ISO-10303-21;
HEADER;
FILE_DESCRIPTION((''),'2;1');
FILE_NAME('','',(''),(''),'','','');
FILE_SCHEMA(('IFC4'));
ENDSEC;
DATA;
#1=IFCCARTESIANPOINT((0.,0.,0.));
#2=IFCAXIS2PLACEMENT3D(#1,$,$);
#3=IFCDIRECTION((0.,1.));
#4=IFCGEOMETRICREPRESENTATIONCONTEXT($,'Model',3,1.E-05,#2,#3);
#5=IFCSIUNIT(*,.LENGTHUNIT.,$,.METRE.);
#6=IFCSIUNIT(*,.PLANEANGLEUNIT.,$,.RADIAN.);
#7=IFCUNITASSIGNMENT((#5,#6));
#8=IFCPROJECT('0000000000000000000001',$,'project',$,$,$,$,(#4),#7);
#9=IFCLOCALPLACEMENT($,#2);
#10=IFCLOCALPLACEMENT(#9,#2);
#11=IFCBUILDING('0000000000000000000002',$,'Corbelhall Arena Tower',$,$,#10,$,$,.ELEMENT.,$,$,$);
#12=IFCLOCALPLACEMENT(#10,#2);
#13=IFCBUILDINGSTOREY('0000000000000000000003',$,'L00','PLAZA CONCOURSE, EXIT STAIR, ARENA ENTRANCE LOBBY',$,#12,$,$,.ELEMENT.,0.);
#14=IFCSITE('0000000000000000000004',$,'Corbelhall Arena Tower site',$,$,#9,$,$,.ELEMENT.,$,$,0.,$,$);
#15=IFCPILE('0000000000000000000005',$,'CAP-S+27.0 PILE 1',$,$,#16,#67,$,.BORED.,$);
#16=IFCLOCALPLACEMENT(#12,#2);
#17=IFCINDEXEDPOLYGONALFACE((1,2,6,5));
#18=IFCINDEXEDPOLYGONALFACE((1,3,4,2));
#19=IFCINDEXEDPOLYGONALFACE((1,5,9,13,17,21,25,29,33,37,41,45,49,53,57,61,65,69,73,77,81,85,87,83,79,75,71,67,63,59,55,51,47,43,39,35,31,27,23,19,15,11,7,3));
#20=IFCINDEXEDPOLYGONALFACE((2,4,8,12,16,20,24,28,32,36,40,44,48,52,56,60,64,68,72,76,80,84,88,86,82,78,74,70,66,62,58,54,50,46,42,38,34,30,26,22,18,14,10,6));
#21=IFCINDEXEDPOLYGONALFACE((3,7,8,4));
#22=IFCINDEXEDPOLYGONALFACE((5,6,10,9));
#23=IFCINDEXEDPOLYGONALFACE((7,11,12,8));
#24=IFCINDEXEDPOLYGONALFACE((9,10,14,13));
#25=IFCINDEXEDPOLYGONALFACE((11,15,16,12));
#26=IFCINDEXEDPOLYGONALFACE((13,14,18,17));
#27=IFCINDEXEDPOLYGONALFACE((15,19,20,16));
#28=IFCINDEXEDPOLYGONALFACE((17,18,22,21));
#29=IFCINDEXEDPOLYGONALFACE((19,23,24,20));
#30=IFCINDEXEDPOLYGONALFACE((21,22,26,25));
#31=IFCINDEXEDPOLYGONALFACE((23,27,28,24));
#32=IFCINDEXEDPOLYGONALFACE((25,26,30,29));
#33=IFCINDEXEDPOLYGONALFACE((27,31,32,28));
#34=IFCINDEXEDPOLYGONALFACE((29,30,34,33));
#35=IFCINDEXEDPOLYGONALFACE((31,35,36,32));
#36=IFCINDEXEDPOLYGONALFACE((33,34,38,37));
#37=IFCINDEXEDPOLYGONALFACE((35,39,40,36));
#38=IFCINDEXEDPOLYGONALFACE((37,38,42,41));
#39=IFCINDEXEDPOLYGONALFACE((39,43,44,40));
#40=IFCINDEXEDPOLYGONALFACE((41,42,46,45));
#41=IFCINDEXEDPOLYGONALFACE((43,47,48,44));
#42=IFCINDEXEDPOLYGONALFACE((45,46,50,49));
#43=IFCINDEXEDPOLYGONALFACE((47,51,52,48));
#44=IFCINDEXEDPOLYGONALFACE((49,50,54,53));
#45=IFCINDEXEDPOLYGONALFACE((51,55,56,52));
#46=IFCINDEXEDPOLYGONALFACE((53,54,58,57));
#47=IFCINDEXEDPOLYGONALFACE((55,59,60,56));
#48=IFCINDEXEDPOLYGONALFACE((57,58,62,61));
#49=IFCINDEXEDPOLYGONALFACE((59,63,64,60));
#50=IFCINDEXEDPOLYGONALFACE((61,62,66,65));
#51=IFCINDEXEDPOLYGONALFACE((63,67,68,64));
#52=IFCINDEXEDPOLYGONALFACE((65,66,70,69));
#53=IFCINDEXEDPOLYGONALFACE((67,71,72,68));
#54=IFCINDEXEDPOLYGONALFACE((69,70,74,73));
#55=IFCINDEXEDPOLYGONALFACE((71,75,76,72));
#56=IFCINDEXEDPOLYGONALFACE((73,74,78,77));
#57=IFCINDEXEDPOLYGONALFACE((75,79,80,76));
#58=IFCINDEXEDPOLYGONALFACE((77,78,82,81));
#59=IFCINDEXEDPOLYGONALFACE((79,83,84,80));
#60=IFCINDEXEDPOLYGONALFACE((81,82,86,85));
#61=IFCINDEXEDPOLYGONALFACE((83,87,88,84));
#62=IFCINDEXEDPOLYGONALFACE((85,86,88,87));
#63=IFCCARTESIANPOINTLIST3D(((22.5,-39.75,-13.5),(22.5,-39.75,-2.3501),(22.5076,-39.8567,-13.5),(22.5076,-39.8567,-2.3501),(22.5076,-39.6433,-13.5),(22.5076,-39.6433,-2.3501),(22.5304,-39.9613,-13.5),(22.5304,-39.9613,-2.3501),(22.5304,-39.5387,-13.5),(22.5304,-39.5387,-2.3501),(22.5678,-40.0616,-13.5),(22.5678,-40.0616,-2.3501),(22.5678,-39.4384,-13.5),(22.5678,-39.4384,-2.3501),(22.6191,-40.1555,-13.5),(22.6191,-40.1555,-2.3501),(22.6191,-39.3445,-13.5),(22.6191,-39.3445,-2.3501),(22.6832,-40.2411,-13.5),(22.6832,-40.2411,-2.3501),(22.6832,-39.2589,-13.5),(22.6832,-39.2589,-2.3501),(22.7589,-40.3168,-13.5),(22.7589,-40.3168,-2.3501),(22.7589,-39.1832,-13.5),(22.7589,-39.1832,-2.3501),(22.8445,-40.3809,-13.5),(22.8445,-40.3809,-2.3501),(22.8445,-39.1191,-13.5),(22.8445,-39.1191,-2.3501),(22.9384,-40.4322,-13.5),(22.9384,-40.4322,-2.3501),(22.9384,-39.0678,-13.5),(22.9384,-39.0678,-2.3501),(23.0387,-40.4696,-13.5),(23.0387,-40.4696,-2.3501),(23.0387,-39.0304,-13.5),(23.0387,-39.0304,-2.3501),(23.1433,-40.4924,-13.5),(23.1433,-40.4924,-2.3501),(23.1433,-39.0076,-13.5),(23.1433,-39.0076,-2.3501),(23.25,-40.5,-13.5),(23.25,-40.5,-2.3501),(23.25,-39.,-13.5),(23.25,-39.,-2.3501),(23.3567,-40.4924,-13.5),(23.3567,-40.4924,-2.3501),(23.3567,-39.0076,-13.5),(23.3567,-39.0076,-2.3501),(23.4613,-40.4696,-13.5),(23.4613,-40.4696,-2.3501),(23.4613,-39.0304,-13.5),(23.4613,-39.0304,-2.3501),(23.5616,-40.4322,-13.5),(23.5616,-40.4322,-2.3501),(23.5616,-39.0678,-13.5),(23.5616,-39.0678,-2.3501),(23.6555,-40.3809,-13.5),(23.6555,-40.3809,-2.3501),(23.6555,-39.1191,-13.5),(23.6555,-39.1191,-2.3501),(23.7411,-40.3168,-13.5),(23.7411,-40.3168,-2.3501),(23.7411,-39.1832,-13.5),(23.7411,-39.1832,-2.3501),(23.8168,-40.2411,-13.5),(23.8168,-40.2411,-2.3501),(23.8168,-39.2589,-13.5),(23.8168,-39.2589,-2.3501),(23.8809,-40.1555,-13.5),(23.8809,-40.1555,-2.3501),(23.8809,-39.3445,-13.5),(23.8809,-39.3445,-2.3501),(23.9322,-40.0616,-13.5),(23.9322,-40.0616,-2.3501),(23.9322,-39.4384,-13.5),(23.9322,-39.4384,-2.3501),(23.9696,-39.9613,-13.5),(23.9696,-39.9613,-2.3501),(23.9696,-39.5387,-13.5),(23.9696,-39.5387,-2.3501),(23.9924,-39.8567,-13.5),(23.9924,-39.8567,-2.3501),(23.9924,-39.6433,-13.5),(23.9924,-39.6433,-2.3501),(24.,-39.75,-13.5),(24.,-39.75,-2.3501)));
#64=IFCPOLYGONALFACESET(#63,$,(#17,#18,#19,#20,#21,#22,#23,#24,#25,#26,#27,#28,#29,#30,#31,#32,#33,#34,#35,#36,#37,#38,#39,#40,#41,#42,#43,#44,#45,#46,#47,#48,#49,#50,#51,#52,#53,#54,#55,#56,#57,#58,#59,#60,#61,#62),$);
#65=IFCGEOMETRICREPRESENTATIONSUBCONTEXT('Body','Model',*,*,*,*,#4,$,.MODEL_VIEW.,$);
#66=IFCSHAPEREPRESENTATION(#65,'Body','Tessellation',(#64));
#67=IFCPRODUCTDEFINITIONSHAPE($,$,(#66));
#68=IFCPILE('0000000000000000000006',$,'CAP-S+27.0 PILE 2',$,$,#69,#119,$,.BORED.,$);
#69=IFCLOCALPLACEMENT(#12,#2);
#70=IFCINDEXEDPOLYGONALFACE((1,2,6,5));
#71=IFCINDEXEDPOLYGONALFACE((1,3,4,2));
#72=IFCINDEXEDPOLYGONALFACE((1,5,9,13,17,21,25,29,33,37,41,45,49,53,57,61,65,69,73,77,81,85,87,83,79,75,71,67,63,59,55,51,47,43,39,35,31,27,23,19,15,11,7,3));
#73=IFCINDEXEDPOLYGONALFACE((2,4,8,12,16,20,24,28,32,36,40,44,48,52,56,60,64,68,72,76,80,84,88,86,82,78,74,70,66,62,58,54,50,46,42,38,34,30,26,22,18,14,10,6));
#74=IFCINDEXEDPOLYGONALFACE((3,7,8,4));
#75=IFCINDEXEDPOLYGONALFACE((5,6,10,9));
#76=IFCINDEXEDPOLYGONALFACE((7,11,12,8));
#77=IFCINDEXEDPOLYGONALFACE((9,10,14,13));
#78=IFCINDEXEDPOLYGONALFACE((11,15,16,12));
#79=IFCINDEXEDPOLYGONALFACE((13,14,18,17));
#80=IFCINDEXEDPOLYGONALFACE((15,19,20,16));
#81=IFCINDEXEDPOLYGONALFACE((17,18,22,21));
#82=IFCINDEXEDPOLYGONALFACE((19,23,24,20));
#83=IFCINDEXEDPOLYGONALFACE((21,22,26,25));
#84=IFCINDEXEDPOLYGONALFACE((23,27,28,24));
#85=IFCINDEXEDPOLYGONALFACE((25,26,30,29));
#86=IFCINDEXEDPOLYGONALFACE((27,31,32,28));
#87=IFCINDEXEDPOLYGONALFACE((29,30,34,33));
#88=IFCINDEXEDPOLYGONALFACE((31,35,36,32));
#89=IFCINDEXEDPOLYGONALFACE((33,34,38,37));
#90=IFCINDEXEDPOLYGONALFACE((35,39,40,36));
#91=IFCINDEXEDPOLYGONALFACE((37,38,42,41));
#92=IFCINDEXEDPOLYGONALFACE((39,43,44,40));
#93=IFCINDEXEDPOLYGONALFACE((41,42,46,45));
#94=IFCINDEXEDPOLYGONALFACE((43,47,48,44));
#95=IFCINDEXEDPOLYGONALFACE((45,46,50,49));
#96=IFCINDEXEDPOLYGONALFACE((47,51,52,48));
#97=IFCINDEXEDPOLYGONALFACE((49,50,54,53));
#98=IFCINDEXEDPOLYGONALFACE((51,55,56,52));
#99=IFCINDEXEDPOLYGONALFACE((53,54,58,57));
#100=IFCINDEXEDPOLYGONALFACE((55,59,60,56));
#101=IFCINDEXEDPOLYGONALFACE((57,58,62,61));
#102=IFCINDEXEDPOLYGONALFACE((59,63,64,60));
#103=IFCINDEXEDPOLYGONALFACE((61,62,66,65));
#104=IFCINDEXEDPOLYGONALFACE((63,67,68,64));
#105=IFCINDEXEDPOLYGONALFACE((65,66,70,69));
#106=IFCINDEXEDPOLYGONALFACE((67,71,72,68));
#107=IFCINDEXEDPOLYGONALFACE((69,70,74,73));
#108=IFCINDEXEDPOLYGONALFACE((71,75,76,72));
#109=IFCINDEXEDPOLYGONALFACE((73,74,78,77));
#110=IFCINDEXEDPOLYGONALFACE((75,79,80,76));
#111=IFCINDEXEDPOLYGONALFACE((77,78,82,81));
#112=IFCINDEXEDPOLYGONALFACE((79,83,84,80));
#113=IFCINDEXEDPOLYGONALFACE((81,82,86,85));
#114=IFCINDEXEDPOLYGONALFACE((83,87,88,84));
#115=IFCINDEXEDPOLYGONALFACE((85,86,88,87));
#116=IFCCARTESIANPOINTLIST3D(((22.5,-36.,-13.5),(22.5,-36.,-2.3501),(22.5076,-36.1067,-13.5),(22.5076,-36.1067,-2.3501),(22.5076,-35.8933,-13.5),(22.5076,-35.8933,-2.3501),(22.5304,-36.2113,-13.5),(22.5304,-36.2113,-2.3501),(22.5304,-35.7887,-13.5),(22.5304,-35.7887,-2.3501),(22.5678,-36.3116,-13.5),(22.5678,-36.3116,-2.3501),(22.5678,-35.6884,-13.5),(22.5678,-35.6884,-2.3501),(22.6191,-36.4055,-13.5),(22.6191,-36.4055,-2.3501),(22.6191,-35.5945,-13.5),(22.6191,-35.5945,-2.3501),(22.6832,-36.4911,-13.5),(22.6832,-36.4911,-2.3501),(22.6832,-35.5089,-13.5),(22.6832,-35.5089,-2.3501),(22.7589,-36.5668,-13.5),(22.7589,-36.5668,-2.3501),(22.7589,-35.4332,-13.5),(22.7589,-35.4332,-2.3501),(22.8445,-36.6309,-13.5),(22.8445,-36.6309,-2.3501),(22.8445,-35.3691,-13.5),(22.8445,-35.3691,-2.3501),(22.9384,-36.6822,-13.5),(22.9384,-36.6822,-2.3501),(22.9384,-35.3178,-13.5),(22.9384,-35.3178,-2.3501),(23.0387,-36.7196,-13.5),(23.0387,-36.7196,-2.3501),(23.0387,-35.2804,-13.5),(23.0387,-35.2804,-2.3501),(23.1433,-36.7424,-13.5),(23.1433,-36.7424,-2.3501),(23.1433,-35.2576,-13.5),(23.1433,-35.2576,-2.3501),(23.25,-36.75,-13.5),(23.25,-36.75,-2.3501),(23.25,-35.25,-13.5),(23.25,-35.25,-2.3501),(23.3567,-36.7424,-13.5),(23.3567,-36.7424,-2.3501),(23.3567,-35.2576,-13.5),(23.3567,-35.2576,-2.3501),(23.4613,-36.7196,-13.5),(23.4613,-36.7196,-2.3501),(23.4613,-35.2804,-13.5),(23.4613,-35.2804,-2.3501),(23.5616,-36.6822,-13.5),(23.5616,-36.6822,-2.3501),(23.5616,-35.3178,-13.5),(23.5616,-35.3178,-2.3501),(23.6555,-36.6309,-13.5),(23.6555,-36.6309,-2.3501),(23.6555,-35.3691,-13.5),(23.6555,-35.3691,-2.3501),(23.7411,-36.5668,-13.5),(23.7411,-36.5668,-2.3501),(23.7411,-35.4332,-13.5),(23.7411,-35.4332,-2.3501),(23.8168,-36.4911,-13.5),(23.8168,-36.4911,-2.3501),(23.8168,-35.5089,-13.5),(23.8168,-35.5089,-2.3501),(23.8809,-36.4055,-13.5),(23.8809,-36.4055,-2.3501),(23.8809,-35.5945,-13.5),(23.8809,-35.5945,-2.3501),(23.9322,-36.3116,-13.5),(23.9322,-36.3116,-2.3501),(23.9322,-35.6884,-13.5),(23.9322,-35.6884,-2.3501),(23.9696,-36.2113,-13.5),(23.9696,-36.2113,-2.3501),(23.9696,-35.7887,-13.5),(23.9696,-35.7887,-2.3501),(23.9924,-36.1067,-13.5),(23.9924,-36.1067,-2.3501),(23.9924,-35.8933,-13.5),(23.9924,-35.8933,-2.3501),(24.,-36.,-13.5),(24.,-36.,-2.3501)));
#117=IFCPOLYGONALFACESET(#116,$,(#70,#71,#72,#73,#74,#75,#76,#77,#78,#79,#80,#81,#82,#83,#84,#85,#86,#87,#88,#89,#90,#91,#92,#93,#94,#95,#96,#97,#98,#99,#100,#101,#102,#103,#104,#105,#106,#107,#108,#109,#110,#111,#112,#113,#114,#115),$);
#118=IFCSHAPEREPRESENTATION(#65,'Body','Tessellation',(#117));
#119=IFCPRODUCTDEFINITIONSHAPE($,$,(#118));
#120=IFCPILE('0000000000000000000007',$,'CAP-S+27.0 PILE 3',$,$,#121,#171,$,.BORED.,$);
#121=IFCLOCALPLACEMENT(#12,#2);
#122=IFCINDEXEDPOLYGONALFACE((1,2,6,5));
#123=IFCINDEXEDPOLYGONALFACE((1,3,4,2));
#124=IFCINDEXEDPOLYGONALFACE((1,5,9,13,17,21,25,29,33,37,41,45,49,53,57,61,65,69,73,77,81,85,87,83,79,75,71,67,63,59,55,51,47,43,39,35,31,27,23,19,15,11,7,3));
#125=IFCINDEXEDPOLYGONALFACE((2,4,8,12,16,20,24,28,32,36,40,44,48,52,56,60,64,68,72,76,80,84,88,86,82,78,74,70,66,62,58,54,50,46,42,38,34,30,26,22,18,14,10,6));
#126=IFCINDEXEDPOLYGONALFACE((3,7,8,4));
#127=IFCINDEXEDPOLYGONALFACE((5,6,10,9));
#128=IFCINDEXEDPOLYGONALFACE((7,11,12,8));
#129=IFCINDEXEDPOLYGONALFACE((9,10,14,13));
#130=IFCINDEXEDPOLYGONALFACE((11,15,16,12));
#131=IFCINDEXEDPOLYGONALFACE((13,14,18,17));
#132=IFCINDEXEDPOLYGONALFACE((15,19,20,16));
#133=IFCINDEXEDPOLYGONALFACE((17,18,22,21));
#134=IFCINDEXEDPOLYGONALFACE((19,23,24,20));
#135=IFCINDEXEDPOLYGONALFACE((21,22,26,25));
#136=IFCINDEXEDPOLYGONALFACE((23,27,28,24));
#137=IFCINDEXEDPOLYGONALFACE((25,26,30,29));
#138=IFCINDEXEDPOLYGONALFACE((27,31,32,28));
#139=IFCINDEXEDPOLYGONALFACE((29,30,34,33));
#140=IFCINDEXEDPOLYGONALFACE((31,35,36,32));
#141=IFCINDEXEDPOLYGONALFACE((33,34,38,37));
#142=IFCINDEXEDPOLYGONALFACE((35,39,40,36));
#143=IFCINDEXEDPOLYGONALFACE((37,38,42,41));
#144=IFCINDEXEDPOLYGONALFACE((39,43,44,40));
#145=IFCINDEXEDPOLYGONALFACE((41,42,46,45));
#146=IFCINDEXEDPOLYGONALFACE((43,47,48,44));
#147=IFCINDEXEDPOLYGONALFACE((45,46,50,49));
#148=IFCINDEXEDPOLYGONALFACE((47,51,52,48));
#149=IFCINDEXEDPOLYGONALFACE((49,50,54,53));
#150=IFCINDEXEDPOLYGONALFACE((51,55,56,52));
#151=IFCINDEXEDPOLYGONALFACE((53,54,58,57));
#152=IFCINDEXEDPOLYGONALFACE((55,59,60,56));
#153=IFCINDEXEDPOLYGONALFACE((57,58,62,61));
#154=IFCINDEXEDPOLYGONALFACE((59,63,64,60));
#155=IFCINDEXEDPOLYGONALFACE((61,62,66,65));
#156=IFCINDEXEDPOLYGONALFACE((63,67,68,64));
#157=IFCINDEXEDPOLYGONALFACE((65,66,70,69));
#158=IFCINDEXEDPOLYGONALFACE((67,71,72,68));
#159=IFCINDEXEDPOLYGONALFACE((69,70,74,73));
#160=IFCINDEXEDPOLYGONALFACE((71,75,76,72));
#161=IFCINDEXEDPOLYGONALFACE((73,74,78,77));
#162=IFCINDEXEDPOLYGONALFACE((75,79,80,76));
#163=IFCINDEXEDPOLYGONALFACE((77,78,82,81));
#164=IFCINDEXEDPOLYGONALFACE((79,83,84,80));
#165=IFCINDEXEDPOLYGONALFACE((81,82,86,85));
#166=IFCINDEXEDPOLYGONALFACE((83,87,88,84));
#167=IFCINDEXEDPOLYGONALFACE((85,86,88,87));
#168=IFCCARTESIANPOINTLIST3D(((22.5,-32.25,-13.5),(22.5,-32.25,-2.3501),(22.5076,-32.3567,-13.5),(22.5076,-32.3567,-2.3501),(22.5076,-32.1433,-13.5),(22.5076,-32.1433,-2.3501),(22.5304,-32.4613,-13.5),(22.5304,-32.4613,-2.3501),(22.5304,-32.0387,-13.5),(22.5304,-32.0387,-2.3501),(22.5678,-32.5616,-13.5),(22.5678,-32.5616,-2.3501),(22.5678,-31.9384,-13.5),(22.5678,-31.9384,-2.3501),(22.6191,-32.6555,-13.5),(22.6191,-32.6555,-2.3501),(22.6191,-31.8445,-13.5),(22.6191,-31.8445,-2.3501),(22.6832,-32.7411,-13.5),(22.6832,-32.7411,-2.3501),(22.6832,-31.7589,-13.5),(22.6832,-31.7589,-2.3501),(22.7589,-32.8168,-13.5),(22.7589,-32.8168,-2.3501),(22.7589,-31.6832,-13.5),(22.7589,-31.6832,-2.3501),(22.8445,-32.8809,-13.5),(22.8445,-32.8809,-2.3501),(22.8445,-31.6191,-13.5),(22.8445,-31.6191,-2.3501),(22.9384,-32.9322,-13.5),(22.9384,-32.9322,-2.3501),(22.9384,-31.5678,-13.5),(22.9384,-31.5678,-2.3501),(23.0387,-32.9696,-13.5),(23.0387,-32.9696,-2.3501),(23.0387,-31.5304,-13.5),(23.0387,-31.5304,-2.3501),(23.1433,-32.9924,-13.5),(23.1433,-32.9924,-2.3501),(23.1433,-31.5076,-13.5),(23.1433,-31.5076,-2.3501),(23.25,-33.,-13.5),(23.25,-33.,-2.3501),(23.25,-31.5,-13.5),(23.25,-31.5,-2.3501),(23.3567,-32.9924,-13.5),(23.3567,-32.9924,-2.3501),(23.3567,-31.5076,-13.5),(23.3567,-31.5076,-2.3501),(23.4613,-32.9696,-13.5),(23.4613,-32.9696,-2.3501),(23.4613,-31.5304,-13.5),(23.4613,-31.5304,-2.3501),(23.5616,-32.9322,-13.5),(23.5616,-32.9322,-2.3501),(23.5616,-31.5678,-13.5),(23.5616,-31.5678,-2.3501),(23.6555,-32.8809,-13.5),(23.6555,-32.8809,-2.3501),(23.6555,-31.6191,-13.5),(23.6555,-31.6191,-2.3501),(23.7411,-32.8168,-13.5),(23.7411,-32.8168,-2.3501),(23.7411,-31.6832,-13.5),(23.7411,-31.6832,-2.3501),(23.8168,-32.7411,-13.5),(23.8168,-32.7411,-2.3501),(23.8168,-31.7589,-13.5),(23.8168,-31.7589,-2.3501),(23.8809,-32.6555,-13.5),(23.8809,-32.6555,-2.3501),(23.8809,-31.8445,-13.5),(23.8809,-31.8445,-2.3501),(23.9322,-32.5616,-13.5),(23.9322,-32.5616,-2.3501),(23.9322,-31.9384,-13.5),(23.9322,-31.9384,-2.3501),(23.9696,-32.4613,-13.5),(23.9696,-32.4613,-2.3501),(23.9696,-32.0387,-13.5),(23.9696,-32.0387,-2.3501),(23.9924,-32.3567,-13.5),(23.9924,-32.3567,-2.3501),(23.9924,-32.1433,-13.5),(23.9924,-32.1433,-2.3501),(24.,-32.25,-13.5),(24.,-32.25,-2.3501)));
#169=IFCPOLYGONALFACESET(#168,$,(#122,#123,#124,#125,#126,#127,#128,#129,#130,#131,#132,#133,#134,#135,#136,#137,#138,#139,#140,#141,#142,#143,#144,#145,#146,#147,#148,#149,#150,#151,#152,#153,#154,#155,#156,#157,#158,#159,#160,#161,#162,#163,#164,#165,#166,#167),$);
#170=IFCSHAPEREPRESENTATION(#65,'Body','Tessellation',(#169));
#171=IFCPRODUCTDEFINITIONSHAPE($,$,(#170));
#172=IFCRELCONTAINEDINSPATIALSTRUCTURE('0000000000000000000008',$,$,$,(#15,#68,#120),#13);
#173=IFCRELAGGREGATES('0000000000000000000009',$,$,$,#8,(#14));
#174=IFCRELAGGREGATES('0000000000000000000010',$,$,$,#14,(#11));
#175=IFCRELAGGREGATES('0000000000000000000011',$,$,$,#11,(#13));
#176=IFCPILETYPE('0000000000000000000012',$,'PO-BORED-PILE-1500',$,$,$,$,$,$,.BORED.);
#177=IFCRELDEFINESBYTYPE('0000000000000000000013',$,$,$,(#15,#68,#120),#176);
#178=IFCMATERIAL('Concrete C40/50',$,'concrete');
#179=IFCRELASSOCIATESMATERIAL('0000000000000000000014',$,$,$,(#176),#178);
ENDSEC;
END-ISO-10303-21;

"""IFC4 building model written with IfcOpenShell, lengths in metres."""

from ifc_helpers import new_model, si_unit, direction, frame, origin, origin_2d, place, context, subcontext, project, spatial, circle, extrude, material, material_profile, profile_set, type_object, element, save


model = new_model("IFC4")

# Units and contexts
model_context = context("Model", 3, precision=1e-05, world=origin(), true_north=direction((0.0, 1.0)))
body_context = subcontext(model_context, "Body", "Model", "MODEL_VIEW")
ifc_project = project(units=[si_unit("LENGTHUNIT", "METRE"), si_unit("PLANEANGLEUNIT", "RADIAN")], contexts=[model_context])

# Site, building, storey
site_placement = place(None, origin())
site = spatial("IfcSite", under=ifc_project, at=site_placement, Name="Corbelhall Arena Tower site", CompositionType="ELEMENT", RefElevation=0.0)
building_placement = place(site_placement, origin())
building = spatial("IfcBuilding", under=site, at=building_placement, Name="Corbelhall Arena Tower", CompositionType="ELEMENT")
storey_placement = place(building_placement, origin())
storey = spatial("IfcBuildingStorey", under=building, at=storey_placement, Name="L00", Description="PLAZA CONCOURSE, EXIT STAIR, ARENA ENTRANCE LOBBY", CompositionType="ELEMENT", Elevation=0.0)

# Piles
ifc_material_1 = material(Name="Concrete C40/50", Category="concrete")
ifc_material_profile_1 = material_profile(ifc_material_1, circle(Radius=0.75, at=origin_2d()))
ifc_profile_set_1 = profile_set([ifc_material_profile_1], Name="Concrete C40/50")
pile_type = type_object("IfcPileType", Name="PO-BORED-PILE-1500", PredefinedType="BORED", material=ifc_profile_set_1)
for number, where, z_axis, x_axis, name in (
    (1, (23.25, -39.75, -2.3501), (0.0, 0.0, -1.0), (1.0, 0.0, 0.0), "CAP-S+27.0 PILE 1"),
    (2, (23.25, -36.0, -2.3501), (0.0, 0.0, -1.0), (1.0, 0.0, 0.0), "CAP-S+27.0 PILE 2"),
    (3, (23.25, -32.25, -2.3501), (0.0, 0.0, -1.0), (1.0, 0.0, 0.0), "CAP-S+27.0 PILE 3"),
):
    element("IfcPile", number, at=place(storey_placement, frame(where, z_axis=z_axis, x_axis=x_axis)), inside=storey, type_object=pile_type, Name=name, PredefinedType="BORED", context=body_context, shape_type="SweptSolid", body=[
        extrude(circle(Radius=0.75, at=origin_2d()), origin(), (0.0, 0.0, 1.0), 11.1499),
    ])

save(model, "model.ifc")
